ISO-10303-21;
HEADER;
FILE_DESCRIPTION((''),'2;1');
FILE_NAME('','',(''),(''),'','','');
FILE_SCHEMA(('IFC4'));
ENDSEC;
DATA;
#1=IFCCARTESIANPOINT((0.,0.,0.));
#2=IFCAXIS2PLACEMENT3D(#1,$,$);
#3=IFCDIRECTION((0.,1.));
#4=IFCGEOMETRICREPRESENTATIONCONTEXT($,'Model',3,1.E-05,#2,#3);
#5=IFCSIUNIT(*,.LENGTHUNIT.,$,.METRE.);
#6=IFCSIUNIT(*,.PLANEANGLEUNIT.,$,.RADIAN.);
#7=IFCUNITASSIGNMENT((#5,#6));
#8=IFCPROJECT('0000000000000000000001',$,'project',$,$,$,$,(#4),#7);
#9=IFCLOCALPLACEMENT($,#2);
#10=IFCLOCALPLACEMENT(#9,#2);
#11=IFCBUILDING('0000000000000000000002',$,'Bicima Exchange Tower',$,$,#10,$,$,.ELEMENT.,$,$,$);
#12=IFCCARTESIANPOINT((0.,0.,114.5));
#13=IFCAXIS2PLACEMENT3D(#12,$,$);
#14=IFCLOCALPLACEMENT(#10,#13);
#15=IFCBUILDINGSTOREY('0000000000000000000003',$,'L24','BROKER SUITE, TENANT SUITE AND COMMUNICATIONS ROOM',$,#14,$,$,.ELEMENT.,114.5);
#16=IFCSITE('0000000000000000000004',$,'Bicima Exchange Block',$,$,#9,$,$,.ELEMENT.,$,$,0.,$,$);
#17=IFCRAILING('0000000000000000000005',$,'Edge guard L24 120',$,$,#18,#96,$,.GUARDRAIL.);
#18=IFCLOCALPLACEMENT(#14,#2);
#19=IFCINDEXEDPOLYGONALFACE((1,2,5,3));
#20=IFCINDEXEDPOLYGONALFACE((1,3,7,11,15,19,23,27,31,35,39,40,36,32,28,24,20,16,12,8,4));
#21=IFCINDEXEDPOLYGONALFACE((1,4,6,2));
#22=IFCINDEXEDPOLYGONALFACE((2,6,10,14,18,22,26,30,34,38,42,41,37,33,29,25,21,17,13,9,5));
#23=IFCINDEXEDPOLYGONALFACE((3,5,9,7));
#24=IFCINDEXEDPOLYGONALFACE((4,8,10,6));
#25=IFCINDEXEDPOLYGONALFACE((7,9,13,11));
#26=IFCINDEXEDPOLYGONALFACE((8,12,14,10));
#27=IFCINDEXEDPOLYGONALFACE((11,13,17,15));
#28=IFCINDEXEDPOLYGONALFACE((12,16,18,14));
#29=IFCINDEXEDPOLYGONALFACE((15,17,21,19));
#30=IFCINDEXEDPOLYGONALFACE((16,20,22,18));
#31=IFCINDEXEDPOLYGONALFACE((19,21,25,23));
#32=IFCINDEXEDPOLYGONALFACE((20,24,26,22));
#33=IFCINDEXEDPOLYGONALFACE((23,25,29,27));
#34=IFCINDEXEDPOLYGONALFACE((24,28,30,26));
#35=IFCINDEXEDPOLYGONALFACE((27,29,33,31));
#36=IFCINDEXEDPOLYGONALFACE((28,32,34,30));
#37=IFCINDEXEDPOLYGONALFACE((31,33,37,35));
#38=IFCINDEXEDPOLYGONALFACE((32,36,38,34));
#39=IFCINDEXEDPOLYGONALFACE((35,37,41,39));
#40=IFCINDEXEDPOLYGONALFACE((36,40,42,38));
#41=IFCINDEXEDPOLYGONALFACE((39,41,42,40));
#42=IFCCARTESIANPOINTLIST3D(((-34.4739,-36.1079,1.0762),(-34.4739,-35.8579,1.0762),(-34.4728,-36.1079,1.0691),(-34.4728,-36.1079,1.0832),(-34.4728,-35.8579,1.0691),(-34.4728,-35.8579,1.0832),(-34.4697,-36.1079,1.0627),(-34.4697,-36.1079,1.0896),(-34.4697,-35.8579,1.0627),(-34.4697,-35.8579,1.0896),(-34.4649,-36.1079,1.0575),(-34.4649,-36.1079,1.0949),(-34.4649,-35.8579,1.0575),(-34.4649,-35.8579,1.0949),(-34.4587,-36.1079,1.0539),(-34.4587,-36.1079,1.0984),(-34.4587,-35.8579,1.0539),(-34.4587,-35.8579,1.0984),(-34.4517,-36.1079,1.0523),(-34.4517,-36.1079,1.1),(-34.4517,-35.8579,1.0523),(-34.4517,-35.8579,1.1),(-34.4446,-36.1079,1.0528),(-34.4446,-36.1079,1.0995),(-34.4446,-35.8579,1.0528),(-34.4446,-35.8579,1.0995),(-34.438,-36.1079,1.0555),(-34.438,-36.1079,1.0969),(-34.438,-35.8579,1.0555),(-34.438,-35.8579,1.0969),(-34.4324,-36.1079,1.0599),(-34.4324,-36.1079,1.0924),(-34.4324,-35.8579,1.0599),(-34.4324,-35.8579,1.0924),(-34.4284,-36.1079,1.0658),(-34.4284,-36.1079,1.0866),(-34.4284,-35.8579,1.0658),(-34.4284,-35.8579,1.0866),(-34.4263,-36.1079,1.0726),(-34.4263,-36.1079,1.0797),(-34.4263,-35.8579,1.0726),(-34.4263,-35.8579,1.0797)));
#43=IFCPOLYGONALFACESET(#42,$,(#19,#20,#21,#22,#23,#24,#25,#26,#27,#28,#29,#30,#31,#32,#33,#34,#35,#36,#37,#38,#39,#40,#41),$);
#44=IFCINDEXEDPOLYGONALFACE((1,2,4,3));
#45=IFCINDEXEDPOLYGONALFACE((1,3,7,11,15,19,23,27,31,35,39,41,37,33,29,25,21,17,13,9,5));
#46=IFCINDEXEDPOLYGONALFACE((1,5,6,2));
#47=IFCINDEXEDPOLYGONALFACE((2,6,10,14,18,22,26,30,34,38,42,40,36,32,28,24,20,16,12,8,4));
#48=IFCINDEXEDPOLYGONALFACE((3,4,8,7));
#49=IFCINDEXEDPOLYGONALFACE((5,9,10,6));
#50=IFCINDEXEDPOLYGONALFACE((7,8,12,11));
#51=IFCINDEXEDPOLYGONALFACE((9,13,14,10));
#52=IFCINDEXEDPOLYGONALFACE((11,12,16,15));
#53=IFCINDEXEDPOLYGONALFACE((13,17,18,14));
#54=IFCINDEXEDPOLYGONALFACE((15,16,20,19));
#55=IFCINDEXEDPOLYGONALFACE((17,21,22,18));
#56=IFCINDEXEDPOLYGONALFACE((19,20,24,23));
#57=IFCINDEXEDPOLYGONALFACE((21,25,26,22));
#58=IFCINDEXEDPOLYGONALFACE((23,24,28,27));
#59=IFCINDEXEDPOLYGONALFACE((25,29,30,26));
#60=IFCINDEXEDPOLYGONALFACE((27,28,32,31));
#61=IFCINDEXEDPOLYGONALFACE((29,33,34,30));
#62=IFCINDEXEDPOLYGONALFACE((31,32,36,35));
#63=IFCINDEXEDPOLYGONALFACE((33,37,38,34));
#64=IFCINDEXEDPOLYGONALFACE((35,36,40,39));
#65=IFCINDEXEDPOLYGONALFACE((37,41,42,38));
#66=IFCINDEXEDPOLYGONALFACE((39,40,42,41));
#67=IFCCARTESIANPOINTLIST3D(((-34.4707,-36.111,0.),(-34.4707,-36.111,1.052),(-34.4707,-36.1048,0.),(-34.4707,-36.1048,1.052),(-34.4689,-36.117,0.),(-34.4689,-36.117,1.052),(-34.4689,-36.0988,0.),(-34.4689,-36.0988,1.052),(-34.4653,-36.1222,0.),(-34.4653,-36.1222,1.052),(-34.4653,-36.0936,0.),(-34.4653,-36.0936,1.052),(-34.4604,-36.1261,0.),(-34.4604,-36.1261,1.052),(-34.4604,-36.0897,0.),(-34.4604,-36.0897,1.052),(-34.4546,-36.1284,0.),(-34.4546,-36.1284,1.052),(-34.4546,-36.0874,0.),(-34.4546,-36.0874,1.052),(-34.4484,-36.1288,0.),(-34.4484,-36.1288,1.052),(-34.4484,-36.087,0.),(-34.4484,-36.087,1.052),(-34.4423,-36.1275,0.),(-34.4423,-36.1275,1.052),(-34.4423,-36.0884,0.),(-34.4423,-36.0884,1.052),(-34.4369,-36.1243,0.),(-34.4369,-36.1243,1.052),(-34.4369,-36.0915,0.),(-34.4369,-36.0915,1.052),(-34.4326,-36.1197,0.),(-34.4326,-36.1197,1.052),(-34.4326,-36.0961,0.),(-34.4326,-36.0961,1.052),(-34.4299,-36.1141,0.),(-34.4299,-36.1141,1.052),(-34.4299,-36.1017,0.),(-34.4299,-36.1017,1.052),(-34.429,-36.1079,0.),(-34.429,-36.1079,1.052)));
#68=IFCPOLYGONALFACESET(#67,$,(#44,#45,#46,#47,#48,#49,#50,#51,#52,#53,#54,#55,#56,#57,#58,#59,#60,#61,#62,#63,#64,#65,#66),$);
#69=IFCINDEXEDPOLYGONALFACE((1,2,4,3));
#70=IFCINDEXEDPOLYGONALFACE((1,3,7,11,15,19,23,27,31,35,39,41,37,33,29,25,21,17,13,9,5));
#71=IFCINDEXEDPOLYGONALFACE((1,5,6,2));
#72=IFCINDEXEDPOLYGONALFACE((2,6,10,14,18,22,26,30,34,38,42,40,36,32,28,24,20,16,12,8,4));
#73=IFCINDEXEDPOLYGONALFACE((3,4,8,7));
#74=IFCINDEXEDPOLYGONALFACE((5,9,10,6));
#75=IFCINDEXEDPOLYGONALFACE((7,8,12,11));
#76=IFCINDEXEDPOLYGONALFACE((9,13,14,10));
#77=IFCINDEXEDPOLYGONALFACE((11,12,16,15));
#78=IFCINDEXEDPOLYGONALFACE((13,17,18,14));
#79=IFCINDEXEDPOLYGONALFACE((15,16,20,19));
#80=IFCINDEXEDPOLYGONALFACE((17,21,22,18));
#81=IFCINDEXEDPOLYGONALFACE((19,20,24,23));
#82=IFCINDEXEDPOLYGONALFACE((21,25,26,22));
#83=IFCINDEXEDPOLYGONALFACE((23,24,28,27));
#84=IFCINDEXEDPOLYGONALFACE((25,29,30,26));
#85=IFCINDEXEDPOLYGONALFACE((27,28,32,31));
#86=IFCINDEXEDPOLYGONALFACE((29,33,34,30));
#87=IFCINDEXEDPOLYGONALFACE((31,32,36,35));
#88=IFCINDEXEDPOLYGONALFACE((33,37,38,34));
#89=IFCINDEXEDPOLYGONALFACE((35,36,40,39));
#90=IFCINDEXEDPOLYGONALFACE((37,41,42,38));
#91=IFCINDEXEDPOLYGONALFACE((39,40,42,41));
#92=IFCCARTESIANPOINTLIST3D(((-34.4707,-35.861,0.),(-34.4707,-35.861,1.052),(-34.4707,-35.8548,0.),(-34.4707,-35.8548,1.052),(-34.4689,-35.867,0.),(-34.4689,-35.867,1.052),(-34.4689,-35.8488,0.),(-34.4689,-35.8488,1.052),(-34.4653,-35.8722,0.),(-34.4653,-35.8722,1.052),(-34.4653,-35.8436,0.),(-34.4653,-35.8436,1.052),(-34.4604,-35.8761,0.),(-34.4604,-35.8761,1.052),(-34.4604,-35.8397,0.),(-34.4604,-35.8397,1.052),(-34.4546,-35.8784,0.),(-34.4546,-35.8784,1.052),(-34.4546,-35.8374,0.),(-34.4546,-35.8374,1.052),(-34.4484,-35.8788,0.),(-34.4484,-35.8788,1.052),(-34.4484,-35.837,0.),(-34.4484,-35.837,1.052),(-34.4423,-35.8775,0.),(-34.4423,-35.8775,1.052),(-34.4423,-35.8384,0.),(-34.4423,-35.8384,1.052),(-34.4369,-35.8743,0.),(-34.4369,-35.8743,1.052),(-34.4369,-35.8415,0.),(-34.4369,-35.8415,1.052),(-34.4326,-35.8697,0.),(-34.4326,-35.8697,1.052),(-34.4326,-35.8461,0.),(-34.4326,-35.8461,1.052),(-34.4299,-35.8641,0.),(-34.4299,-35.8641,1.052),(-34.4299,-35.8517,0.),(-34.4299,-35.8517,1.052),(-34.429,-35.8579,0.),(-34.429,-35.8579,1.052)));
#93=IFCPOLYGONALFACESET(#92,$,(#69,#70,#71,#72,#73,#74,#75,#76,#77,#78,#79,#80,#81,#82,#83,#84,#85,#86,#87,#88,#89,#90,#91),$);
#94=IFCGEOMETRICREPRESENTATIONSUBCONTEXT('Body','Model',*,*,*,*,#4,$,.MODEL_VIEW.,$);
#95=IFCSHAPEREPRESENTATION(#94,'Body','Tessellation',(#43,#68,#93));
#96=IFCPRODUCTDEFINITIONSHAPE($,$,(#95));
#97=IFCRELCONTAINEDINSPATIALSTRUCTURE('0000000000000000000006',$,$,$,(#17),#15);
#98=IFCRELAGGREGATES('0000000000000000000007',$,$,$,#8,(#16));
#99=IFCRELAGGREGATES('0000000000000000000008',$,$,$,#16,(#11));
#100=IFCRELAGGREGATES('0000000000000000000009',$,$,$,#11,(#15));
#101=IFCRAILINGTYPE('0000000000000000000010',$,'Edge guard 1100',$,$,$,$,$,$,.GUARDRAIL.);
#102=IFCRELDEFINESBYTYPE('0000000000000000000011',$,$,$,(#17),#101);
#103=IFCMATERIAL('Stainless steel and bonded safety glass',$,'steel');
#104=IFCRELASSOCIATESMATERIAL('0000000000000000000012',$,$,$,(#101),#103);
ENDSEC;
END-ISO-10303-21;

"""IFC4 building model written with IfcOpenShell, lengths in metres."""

from ifc_helpers import new_model, si_unit, direction, frame, origin, origin_2d, place, context, subcontext, project, spatial, circle, extrude, material, type_object, element, save


model = new_model("IFC4")

# Units and contexts
model_context = context("Model", 3, precision=1e-05, world=origin(), true_north=direction((0.0, 1.0)))
body_context = subcontext(model_context, "Body", "Model", "MODEL_VIEW")
ifc_project = project(units=[si_unit("LENGTHUNIT", "METRE"), si_unit("PLANEANGLEUNIT", "RADIAN")], contexts=[model_context])

# Site, building, storey
site_placement = place(None, origin())
site = spatial("IfcSite", under=ifc_project, at=site_placement, Name="Bicima Exchange Block", CompositionType="ELEMENT", RefElevation=0.0)
building_placement = place(site_placement, origin())
building = spatial("IfcBuilding", under=site, at=building_placement, Name="Bicima Exchange Tower", CompositionType="ELEMENT")
storey_placement = place(building_placement, frame((0.0, 0.0, 114.5)))
storey = spatial("IfcBuildingStorey", under=building, at=storey_placement, Name="L24", Description="BROKER SUITE, TENANT SUITE AND COMMUNICATIONS ROOM", CompositionType="ELEMENT", Elevation=114.5)

# Railing
ifc_material_1 = material(Name="Stainless steel and bonded safety glass", Category="steel")
railing_type = type_object("IfcRailingType", Name="Edge guard 1100", PredefinedType="GUARDRAIL", material=ifc_material_1)
railing_1_placement = place(storey_placement, frame((-34.45, -36.1079, 0.0)))
element("IfcRailing", 1, at=railing_1_placement, inside=storey, type_object=railing_type, Name="Edge guard L24 120", PredefinedType="GUARDRAIL", context=body_context, shape_type="SweptSolid", body=[
    extrude(circle(Radius=0.0239, at=origin_2d()), frame((0.0, 0.0, 1.0762), z_axis=(0.0, 1.0, 0.0), x_axis=(-1.0, 0.0, 0.0)), (0.0, 0.0, 1.0), 0.25),
    extrude(circle(Radius=0.021, at=origin_2d()), origin(), (0.0, 0.0, 1.0), 1.052),
    extrude(circle(Radius=0.021, at=origin_2d()), frame((0.0, 0.25, 0.0)), (0.0, 0.0, 1.0), 1.052),
])

save(model, "model.ifc")
